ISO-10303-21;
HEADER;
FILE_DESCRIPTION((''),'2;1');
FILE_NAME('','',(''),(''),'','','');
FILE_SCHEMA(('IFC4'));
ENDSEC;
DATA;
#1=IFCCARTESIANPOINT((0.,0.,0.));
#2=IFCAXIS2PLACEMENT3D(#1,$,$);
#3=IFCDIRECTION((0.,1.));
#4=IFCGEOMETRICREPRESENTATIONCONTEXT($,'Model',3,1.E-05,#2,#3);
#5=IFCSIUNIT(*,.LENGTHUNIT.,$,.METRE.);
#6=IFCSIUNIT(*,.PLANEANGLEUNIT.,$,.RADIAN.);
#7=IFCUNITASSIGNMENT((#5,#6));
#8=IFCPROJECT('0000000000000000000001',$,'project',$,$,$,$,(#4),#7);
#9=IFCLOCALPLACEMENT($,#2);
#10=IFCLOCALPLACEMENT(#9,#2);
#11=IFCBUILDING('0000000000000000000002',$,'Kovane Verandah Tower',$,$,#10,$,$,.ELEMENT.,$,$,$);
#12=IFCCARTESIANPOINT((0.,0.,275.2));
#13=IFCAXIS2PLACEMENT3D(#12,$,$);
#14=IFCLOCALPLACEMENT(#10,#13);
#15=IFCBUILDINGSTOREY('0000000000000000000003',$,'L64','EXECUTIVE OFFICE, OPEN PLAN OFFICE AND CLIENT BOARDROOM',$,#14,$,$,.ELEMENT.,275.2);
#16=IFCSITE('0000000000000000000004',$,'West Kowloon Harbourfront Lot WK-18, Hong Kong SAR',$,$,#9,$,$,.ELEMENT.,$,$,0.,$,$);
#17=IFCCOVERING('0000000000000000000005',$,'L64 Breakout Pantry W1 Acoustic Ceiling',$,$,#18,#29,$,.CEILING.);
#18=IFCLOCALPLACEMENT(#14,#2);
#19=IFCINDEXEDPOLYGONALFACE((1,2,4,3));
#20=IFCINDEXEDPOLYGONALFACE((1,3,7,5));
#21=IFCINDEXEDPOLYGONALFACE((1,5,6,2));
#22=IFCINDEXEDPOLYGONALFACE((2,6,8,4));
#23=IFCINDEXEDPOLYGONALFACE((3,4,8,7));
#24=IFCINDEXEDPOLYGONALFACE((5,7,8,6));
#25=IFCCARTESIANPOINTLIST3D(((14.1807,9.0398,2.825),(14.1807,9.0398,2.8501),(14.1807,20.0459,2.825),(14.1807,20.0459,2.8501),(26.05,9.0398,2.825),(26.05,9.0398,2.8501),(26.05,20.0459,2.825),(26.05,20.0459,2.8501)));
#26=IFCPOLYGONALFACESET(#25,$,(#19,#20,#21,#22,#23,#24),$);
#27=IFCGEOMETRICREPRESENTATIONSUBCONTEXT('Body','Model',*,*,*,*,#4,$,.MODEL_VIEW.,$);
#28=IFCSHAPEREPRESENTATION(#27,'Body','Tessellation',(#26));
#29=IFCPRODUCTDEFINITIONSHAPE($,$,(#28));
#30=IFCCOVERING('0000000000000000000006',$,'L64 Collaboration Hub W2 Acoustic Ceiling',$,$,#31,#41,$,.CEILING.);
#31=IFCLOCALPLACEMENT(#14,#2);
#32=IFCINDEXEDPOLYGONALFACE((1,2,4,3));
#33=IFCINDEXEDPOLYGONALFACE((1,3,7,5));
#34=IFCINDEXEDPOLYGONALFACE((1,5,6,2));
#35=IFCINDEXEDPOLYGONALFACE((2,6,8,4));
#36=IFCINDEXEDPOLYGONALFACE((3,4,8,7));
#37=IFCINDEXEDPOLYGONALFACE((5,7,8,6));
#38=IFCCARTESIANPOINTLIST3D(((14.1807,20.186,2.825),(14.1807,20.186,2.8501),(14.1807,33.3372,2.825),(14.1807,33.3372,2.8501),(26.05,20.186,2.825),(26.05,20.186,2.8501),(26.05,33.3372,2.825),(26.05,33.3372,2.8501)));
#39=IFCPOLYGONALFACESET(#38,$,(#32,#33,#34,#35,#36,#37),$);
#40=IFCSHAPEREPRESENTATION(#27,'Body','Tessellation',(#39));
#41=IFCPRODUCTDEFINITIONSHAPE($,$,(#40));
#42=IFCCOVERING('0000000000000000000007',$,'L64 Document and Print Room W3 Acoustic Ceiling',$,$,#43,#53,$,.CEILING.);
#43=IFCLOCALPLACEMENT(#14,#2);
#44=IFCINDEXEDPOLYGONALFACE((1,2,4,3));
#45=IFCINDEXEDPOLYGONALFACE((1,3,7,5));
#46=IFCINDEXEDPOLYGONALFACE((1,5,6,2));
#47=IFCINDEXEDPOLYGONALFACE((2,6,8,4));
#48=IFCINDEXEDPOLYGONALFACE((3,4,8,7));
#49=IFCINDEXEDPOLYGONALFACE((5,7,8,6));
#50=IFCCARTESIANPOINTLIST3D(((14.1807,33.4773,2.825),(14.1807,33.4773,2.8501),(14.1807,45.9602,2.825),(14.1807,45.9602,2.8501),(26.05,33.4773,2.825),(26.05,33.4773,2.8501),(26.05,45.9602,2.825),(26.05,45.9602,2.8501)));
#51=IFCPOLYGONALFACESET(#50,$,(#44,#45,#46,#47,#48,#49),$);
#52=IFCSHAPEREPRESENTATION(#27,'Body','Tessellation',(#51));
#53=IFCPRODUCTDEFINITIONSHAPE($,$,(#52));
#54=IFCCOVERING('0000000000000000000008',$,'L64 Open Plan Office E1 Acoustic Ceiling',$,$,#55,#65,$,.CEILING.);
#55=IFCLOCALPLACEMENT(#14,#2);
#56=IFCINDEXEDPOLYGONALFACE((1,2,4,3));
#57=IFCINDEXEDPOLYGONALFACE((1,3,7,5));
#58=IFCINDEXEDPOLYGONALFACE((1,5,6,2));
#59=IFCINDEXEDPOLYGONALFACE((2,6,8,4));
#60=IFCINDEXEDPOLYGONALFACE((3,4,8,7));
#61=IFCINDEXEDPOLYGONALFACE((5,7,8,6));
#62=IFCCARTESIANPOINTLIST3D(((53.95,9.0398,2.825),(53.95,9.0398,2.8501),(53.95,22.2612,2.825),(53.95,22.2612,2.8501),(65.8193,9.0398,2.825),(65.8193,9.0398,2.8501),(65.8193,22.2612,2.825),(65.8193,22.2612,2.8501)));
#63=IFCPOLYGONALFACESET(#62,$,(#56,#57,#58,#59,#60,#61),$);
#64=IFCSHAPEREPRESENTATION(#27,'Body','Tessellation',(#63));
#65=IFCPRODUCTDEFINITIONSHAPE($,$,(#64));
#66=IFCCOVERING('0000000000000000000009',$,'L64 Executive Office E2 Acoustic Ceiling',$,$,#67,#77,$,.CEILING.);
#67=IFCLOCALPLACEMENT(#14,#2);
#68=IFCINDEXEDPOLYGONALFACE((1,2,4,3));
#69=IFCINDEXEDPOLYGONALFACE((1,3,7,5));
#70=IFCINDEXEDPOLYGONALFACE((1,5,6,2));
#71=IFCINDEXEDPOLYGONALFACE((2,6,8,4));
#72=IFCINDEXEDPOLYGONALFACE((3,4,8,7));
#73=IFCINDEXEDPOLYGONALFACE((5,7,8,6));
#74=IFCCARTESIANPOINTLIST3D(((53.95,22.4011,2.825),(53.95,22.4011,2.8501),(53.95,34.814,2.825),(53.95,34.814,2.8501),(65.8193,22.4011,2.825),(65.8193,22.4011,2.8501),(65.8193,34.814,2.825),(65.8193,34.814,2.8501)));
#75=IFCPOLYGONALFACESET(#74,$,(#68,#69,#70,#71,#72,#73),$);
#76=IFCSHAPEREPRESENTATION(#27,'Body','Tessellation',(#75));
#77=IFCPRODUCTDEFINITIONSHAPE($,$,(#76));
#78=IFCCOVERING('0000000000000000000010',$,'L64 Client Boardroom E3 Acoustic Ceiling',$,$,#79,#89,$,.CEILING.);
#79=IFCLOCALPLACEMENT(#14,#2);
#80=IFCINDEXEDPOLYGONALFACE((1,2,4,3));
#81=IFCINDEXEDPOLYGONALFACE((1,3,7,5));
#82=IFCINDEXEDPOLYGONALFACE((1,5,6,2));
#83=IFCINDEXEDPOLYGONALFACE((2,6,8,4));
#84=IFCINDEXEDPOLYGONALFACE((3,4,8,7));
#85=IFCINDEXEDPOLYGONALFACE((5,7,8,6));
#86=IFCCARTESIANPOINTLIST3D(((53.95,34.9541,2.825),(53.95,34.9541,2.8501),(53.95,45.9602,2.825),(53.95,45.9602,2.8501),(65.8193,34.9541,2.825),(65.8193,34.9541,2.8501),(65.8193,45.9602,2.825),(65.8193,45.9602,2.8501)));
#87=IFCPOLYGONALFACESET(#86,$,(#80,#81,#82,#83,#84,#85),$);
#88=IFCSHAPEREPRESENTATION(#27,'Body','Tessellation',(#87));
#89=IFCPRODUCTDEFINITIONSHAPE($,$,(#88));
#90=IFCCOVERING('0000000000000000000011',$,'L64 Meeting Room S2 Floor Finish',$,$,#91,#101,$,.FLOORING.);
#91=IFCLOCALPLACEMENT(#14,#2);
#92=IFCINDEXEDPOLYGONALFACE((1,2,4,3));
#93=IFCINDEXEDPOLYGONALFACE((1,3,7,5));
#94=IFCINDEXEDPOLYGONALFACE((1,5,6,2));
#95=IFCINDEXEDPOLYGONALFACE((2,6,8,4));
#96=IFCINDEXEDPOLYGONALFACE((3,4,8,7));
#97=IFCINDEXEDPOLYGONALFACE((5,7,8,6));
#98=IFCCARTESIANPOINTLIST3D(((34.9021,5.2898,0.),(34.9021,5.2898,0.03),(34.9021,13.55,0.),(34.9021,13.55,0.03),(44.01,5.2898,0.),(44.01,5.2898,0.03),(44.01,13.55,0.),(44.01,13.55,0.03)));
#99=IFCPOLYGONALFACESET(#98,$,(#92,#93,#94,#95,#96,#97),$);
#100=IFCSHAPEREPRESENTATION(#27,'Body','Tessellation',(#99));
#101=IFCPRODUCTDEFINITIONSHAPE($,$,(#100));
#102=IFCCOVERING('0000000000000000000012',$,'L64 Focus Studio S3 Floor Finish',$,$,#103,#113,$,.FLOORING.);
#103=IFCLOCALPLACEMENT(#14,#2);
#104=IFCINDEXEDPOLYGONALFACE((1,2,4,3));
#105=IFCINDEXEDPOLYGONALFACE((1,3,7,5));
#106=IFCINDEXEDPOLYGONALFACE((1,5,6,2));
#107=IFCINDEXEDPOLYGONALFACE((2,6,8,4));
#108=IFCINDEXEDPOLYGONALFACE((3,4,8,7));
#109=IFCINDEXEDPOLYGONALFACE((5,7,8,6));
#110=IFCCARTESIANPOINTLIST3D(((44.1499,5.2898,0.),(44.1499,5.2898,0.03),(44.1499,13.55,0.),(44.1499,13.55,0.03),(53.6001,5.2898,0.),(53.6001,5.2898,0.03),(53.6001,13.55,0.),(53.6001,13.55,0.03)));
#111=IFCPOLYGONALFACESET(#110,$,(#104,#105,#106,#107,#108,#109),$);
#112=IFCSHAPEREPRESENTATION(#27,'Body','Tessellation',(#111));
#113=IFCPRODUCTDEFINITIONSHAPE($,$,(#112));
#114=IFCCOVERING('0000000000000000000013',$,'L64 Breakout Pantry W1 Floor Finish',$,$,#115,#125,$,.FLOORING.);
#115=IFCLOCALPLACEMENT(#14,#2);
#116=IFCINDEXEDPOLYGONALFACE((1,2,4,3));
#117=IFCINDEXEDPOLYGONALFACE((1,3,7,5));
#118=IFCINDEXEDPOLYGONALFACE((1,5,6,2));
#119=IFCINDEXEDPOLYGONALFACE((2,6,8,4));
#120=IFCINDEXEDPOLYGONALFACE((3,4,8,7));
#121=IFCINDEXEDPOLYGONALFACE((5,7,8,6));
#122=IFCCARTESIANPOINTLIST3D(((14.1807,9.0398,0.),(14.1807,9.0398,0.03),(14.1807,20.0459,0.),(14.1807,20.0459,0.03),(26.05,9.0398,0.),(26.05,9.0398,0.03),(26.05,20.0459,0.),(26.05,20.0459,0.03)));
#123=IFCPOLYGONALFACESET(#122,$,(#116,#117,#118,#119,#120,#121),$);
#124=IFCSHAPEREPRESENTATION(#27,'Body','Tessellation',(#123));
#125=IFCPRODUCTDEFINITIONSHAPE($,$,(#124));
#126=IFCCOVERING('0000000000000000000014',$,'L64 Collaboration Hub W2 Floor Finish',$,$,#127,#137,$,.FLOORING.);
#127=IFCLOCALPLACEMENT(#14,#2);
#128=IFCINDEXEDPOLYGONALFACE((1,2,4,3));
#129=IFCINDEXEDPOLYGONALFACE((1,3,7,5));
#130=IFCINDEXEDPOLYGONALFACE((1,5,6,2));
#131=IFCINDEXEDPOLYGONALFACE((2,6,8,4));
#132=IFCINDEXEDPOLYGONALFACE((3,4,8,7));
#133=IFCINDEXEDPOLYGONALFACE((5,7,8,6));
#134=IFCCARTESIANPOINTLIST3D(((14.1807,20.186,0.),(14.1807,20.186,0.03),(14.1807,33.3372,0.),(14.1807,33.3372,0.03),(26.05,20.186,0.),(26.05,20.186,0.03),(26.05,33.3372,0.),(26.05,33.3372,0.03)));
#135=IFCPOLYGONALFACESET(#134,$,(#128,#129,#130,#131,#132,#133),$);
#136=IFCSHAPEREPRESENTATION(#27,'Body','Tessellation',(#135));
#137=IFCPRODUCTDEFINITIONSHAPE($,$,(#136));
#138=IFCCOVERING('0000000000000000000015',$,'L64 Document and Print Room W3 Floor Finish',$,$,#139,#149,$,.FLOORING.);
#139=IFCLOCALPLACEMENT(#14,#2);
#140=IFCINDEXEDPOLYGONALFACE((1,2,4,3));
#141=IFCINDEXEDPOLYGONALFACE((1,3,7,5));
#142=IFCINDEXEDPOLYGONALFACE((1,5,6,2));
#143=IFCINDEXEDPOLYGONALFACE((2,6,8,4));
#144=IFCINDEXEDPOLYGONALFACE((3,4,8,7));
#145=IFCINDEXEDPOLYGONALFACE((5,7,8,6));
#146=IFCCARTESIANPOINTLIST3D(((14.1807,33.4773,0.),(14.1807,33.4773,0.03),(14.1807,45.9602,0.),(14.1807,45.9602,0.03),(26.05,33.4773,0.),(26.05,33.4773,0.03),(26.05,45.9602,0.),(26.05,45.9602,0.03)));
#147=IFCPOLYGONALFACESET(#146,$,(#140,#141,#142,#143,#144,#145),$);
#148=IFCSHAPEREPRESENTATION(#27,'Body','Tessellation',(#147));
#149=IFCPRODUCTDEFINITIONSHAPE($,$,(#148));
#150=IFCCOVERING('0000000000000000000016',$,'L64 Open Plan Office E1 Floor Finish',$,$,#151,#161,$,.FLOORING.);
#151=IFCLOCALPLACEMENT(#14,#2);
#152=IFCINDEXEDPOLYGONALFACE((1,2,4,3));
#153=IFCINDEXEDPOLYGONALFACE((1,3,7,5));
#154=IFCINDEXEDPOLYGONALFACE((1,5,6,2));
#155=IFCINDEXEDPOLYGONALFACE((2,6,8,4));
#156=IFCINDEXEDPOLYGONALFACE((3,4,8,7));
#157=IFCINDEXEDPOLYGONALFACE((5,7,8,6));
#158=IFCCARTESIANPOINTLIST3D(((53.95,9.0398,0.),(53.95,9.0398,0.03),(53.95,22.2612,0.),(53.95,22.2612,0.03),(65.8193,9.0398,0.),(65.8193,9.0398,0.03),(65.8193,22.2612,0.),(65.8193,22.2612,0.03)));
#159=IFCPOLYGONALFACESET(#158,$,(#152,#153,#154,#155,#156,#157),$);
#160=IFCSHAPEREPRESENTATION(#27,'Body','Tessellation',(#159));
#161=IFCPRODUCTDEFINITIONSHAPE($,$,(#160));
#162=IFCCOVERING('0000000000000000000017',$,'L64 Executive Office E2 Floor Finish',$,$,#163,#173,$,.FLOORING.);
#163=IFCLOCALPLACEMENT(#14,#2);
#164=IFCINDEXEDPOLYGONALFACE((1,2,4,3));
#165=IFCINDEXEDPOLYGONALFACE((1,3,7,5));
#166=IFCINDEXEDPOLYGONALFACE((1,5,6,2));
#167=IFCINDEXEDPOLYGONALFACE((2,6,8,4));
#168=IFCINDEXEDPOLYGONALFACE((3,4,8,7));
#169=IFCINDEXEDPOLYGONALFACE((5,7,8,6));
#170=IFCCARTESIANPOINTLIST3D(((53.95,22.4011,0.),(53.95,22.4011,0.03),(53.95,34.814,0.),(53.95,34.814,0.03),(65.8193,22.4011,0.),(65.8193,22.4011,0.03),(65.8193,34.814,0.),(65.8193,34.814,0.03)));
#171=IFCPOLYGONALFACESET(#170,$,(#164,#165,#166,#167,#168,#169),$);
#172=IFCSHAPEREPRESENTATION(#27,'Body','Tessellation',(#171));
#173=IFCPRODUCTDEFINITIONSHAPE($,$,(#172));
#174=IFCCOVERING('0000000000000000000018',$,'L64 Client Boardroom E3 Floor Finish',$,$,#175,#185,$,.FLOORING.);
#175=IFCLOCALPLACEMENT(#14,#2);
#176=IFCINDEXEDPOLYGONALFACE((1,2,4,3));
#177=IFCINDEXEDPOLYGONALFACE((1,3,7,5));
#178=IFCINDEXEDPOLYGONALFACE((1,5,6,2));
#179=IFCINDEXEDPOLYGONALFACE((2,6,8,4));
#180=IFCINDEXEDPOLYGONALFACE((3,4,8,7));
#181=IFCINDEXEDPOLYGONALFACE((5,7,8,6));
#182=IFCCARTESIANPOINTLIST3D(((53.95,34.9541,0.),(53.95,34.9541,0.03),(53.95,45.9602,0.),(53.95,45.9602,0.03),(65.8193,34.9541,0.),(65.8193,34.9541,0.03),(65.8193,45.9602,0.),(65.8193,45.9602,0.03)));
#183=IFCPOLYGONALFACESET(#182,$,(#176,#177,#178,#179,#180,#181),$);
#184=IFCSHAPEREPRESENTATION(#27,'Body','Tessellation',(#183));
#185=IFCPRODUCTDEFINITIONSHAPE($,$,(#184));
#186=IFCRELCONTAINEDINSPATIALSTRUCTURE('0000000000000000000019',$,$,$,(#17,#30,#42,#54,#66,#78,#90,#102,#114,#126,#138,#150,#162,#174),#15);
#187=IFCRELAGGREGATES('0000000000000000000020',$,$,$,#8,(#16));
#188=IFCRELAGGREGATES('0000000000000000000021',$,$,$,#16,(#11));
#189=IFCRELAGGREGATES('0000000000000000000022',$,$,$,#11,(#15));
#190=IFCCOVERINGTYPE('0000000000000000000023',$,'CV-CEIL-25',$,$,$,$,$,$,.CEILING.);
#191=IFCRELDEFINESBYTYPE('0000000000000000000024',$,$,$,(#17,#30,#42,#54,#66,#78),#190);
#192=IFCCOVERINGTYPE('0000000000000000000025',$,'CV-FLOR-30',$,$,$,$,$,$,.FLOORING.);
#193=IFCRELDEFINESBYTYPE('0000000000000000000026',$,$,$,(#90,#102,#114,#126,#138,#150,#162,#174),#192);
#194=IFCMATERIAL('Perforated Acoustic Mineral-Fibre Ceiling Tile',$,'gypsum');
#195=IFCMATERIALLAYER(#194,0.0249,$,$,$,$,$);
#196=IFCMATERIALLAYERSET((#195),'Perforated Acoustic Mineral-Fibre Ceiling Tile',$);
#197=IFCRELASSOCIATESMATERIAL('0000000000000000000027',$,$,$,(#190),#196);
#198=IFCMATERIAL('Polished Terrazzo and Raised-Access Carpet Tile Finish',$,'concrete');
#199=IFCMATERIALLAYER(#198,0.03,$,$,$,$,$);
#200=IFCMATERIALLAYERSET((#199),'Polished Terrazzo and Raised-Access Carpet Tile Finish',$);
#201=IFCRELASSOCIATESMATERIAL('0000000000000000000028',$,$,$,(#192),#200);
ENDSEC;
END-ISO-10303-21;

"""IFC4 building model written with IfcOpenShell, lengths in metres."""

from ifc_helpers import new_model, si_unit, direction, frame, origin, place, context, subcontext, project, spatial, polyline, outline, extrude, material, layer, layer_set, type_object, element, save


model = new_model("IFC4")

# Units and contexts
model_context = context("Model", 3, precision=1e-05, world=origin(), true_north=direction((0.0, 1.0)))
body_context = subcontext(model_context, "Body", "Model", "MODEL_VIEW")
ifc_project = project(units=[si_unit("LENGTHUNIT", "METRE"), si_unit("PLANEANGLEUNIT", "RADIAN")], contexts=[model_context])

# Site, building, storey
site_placement = place(None, origin())
site = spatial("IfcSite", under=ifc_project, at=site_placement, Name="West Kowloon Harbourfront Lot WK-18, Hong Kong SAR", CompositionType="ELEMENT", RefElevation=0.0)
building_placement = place(site_placement, origin())
building = spatial("IfcBuilding", under=site, at=building_placement, Name="Kovane Verandah Tower", CompositionType="ELEMENT")
storey_placement = place(building_placement, frame((0.0, 0.0, 275.2)))
storey = spatial("IfcBuildingStorey", under=building, at=storey_placement, Name="L64", Description="EXECUTIVE OFFICE, OPEN PLAN OFFICE AND CLIENT BOARDROOM", CompositionType="ELEMENT", Elevation=275.2)

# Coverings
ifc_material_1 = material(Name="Perforated Acoustic Mineral-Fibre Ceiling Tile", Category="gypsum")
ifc_layer_1 = layer(ifc_material_1, 0.0249)
ifc_layer_set_1 = layer_set([ifc_layer_1], Name="Perforated Acoustic Mineral-Fibre Ceiling Tile")
covering_type_1 = type_object("IfcCoveringType", Name="CV-CEIL-25", PredefinedType="CEILING", material=ifc_layer_set_1)
covering_1_placement = place(storey_placement, frame((0.0, 0.0, 2.825)))
element("IfcCovering", 1, at=covering_1_placement, inside=storey, type_object=covering_type_1, Name="L64 Breakout Pantry W1 Acoustic Ceiling", PredefinedType="CEILING", context=body_context, shape_type="SweptSolid", body=[
    extrude(outline(polyline([(14.1807, 9.0398), (26.05, 9.0398), (26.05, 20.0459), (14.1807, 20.0459), (14.1807, 9.0398)])), origin(), (0.0, 0.0, 1.0), 0.0251),
])
covering_2_placement = place(storey_placement, frame((0.0, 0.0, 2.825)))
element("IfcCovering", 2, at=covering_2_placement, inside=storey, type_object=covering_type_1, Name="L64 Collaboration Hub W2 Acoustic Ceiling", PredefinedType="CEILING", context=body_context, shape_type="SweptSolid", body=[
    extrude(outline(polyline([(14.1807, 20.186), (26.05, 20.186), (26.05, 33.3372), (14.1807, 33.3372), (14.1807, 20.186)])), origin(), (0.0, 0.0, 1.0), 0.0251),
])
covering_3_placement = place(storey_placement, frame((0.0, 0.0, 2.825)))
element("IfcCovering", 3, at=covering_3_placement, inside=storey, type_object=covering_type_1, Name="L64 Document and Print Room W3 Acoustic Ceiling", PredefinedType="CEILING", context=body_context, shape_type="SweptSolid", body=[
    extrude(outline(polyline([(14.1807, 33.4773), (26.05, 33.4773), (26.05, 45.9602), (14.1807, 45.9602), (14.1807, 33.4773)])), origin(), (0.0, 0.0, 1.0), 0.0251),
])
covering_4_placement = place(storey_placement, frame((0.0, 0.0, 2.825)))
element("IfcCovering", 4, at=covering_4_placement, inside=storey, type_object=covering_type_1, Name="L64 Open Plan Office E1 Acoustic Ceiling", PredefinedType="CEILING", context=body_context, shape_type="SweptSolid", body=[
    extrude(outline(polyline([(53.95, 9.0398), (65.8193, 9.0398), (65.8193, 22.2612), (53.95, 22.2612), (53.95, 9.0398)])), origin(), (0.0, 0.0, 1.0), 0.0251),
])
covering_5_placement = place(storey_placement, frame((0.0, 0.0, 2.825)))
element("IfcCovering", 5, at=covering_5_placement, inside=storey, type_object=covering_type_1, Name="L64 Executive Office E2 Acoustic Ceiling", PredefinedType="CEILING", context=body_context, shape_type="SweptSolid", body=[
    extrude(outline(polyline([(53.95, 22.4011), (65.8193, 22.4011), (65.8193, 34.814), (53.95, 34.814), (53.95, 22.4011)])), origin(), (0.0, 0.0, 1.0), 0.0251),
])
covering_6_placement = place(storey_placement, frame((0.0, 0.0, 2.825)))
element("IfcCovering", 6, at=covering_6_placement, inside=storey, type_object=covering_type_1, Name="L64 Client Boardroom E3 Acoustic Ceiling", PredefinedType="CEILING", context=body_context, shape_type="SweptSolid", body=[
    extrude(outline(polyline([(53.95, 34.9541), (65.8193, 34.9541), (65.8193, 45.9602), (53.95, 45.9602), (53.95, 34.9541)])), origin(), (0.0, 0.0, 1.0), 0.0251),
])
ifc_material_2 = material(Name="Polished Terrazzo and Raised-Access Carpet Tile Finish", Category="concrete")
ifc_layer_2 = layer(ifc_material_2, 0.03)
ifc_layer_set_2 = layer_set([ifc_layer_2], Name="Polished Terrazzo and Raised-Access Carpet Tile Finish")
covering_type_2 = type_object("IfcCoveringType", Name="CV-FLOR-30", PredefinedType="FLOORING", material=ifc_layer_set_2)
covering_7_placement = place(storey_placement, origin())
element("IfcCovering", 7, at=covering_7_placement, inside=storey, type_object=covering_type_2, Name="L64 Meeting Room S2 Floor Finish", PredefinedType="FLOORING", context=body_context, shape_type="SweptSolid", body=[
    extrude(outline(polyline([(34.9021, 5.2898), (44.01, 5.2898), (44.01, 13.55), (34.9021, 13.55), (34.9021, 5.2898)])), origin(), (0.0, 0.0, 1.0), 0.03),
])
covering_8_placement = place(storey_placement, origin())
element("IfcCovering", 8, at=covering_8_placement, inside=storey, type_object=covering_type_2, Name="L64 Focus Studio S3 Floor Finish", PredefinedType="FLOORING", context=body_context, shape_type="SweptSolid", body=[
    extrude(outline(polyline([(44.1499, 5.2898), (53.6001, 5.2898), (53.6001, 13.55), (44.1499, 13.55), (44.1499, 5.2898)])), origin(), (0.0, 0.0, 1.0), 0.03),
])
covering_9_placement = place(storey_placement, origin())
element("IfcCovering", 9, at=covering_9_placement, inside=storey, type_object=covering_type_2, Name="L64 Breakout Pantry W1 Floor Finish", PredefinedType="FLOORING", context=body_context, shape_type="SweptSolid", body=[
    extrude(outline(polyline([(14.1807, 9.0398), (26.05, 9.0398), (26.05, 20.0459), (14.1807, 20.0459), (14.1807, 9.0398)])), origin(), (0.0, 0.0, 1.0), 0.03),
])
covering_10_placement = place(storey_placement, origin())
element("IfcCovering", 10, at=covering_10_placement, inside=storey, type_object=covering_type_2, Name="L64 Collaboration Hub W2 Floor Finish", PredefinedType="FLOORING", context=body_context, shape_type="SweptSolid", body=[
    extrude(outline(polyline([(14.1807, 20.186), (26.05, 20.186), (26.05, 33.3372), (14.1807, 33.3372), (14.1807, 20.186)])), origin(), (0.0, 0.0, 1.0), 0.03),
])
covering_11_placement = place(storey_placement, origin())
element("IfcCovering", 11, at=covering_11_placement, inside=storey, type_object=covering_type_2, Name="L64 Document and Print Room W3 Floor Finish", PredefinedType="FLOORING", context=body_context, shape_type="SweptSolid", body=[
    extrude(outline(polyline([(14.1807, 33.4773), (26.05, 33.4773), (26.05, 45.9602), (14.1807, 45.9602), (14.1807, 33.4773)])), origin(), (0.0, 0.0, 1.0), 0.03),
])
covering_12_placement = place(storey_placement, origin())
element("IfcCovering", 12, at=covering_12_placement, inside=storey, type_object=covering_type_2, Name="L64 Open Plan Office E1 Floor Finish", PredefinedType="FLOORING", context=body_context, shape_type="SweptSolid", body=[
    extrude(outline(polyline([(53.95, 9.0398), (65.8193, 9.0398), (65.8193, 22.2612), (53.95, 22.2612), (53.95, 9.0398)])), origin(), (0.0, 0.0, 1.0), 0.03),
])
covering_13_placement = place(storey_placement, origin())
element("IfcCovering", 13, at=covering_13_placement, inside=storey, type_object=covering_type_2, Name="L64 Executive Office E2 Floor Finish", PredefinedType="FLOORING", context=body_context, shape_type="SweptSolid", body=[
    extrude(outline(polyline([(53.95, 22.4011), (65.8193, 22.4011), (65.8193, 34.814), (53.95, 34.814), (53.95, 22.4011)])), origin(), (0.0, 0.0, 1.0), 0.03),
])
covering_14_placement = place(storey_placement, origin())
element("IfcCovering", 14, at=covering_14_placement, inside=storey, type_object=covering_type_2, Name="L64 Client Boardroom E3 Floor Finish", PredefinedType="FLOORING", context=body_context, shape_type="SweptSolid", body=[
    extrude(outline(polyline([(53.95, 34.9541), (65.8193, 34.9541), (65.8193, 45.9602), (53.95, 45.9602), (53.95, 34.9541)])), origin(), (0.0, 0.0, 1.0), 0.03),
])

save(model, "model.ifc")
